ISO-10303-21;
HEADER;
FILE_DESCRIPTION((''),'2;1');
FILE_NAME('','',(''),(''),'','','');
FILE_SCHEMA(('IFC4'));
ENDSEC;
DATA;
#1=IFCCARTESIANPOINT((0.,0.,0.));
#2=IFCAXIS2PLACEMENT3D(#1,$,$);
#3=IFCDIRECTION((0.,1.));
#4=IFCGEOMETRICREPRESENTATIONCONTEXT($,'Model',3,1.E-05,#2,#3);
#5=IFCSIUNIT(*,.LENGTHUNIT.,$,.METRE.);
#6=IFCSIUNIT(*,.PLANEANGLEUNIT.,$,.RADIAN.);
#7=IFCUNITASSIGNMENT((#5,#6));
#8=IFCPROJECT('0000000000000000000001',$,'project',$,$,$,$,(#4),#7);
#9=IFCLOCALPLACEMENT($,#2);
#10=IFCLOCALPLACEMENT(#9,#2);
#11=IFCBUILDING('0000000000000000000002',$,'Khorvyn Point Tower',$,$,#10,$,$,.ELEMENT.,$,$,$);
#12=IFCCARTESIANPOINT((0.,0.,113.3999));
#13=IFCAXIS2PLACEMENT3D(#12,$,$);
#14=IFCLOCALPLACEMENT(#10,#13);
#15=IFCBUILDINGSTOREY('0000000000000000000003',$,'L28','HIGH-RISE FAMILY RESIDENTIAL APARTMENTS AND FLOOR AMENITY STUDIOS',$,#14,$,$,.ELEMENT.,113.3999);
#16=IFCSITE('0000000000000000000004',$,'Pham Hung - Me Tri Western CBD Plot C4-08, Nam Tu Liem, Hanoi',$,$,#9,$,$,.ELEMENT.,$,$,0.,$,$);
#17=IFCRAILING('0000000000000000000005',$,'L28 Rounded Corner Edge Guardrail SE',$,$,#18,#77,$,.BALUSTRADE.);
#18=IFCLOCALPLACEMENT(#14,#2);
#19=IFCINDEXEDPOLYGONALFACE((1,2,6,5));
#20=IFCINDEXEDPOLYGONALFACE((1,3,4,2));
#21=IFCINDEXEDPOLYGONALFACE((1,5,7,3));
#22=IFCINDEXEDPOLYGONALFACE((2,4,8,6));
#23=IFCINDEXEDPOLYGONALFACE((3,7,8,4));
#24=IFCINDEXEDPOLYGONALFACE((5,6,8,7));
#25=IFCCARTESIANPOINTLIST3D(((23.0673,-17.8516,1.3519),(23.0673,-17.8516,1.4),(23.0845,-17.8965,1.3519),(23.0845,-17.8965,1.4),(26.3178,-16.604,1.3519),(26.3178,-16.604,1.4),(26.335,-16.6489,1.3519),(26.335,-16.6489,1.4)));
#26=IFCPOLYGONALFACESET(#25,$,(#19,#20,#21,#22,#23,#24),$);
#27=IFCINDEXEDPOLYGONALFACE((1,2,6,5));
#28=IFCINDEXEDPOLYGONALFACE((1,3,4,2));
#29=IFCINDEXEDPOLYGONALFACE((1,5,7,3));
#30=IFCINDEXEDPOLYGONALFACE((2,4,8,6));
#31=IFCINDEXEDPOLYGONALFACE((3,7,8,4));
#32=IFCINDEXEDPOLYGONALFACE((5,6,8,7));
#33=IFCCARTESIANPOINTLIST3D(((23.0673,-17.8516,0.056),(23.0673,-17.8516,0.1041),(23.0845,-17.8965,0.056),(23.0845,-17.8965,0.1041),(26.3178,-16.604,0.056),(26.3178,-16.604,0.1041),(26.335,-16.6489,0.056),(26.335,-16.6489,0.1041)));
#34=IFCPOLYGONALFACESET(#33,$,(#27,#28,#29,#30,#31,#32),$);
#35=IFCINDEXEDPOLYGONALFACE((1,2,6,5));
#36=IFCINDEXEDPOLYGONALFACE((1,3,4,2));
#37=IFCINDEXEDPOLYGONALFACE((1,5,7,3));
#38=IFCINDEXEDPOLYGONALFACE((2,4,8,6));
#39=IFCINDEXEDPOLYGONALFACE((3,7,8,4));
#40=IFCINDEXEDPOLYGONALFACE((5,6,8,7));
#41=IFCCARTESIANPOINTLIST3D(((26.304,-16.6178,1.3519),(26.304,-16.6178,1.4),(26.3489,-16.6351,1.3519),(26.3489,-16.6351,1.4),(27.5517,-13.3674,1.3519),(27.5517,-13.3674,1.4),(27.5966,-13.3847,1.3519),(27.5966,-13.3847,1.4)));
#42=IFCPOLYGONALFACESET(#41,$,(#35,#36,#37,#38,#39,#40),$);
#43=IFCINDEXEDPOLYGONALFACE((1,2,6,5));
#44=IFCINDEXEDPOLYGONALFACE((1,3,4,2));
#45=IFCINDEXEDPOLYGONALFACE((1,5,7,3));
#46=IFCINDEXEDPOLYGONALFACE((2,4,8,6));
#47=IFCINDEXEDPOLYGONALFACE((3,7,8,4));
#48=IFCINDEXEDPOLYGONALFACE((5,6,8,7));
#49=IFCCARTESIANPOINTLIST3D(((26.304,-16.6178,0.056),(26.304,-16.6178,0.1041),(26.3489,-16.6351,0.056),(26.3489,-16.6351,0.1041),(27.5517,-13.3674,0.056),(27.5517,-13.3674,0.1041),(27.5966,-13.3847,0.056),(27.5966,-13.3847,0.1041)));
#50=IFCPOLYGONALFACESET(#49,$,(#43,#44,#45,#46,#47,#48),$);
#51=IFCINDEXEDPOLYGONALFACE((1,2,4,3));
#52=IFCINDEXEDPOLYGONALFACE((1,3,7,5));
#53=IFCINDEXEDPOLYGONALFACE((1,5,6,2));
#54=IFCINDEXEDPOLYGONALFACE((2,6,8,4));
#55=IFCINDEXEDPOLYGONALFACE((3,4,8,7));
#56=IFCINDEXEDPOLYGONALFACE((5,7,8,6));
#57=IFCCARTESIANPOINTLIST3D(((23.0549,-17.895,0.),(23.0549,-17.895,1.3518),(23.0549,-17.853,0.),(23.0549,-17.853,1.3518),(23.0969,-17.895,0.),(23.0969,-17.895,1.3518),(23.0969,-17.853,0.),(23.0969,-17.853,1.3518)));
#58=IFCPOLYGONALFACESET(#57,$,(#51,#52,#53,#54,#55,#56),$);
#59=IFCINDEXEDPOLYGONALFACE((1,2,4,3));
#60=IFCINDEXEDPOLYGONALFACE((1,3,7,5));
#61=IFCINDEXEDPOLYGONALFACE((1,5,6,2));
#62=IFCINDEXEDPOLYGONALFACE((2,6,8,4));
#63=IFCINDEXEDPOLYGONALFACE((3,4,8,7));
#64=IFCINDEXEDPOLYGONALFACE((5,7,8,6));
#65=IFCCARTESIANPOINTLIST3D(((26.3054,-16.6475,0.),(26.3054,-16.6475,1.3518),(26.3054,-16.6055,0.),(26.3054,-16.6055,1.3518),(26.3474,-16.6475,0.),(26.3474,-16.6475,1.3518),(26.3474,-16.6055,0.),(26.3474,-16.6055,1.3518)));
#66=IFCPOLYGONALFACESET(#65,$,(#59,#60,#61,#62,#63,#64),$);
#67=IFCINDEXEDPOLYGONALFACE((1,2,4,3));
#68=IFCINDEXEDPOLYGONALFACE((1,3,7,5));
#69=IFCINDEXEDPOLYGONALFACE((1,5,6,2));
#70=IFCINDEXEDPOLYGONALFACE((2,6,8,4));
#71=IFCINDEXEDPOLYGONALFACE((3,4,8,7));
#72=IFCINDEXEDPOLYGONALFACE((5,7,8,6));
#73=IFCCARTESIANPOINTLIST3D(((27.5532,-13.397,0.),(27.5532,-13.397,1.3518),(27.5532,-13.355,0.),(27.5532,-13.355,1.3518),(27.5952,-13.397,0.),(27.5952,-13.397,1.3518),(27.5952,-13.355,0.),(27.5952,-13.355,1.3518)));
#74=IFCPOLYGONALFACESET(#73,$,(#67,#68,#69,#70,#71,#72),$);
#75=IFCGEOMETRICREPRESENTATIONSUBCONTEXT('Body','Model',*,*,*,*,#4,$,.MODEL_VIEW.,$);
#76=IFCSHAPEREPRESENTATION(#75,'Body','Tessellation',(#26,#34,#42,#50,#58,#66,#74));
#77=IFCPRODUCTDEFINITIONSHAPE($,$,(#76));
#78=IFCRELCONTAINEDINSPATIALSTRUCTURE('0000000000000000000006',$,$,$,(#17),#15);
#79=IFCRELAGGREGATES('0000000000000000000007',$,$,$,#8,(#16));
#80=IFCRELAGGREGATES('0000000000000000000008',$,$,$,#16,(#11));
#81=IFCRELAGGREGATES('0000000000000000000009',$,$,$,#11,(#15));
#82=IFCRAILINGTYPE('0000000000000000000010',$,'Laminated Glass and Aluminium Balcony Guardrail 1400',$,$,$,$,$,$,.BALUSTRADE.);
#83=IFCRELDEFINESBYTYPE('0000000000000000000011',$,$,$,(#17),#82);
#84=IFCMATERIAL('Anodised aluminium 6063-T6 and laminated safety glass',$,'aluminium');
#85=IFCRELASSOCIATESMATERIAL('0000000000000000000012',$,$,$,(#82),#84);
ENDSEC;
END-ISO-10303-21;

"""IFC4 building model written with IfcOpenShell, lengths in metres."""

from ifc_helpers import new_model, si_unit, direction, frame, origin, origin_2d, place, context, subcontext, project, spatial, rectangle, extrude, material, type_object, element, save


model = new_model("IFC4")

# Units and contexts
model_context = context("Model", 3, precision=1e-05, world=origin(), true_north=direction((0.0, 1.0)))
body_context = subcontext(model_context, "Body", "Model", "MODEL_VIEW")
ifc_project = project(units=[si_unit("LENGTHUNIT", "METRE"), si_unit("PLANEANGLEUNIT", "RADIAN")], contexts=[model_context])

# Site, building, storey
site_placement = place(None, origin())
site = spatial("IfcSite", under=ifc_project, at=site_placement, Name="Pham Hung - Me Tri Western CBD Plot C4-08, Nam Tu Liem, Hanoi", CompositionType="ELEMENT", RefElevation=0.0)
building_placement = place(site_placement, origin())
building = spatial("IfcBuilding", under=site, at=building_placement, Name="Khorvyn Point Tower", CompositionType="ELEMENT")
storey_placement = place(building_placement, frame((0.0, 0.0, 113.3999)))
storey = spatial("IfcBuildingStorey", under=building, at=storey_placement, Name="L28", Description="HIGH-RISE FAMILY RESIDENTIAL APARTMENTS AND FLOOR AMENITY STUDIOS", CompositionType="ELEMENT", Elevation=113.3999)

# Railing
ifc_material_1 = material(Name="Anodised aluminium 6063-T6 and laminated safety glass", Category="aluminium")
railing_type = type_object("IfcRailingType", Name="Laminated Glass and Aluminium Balcony Guardrail 1400", PredefinedType="BALUSTRADE", material=ifc_material_1)
railing_placement = place(storey_placement, frame((23.0759, -17.874, 0.0)))
element("IfcRailing", 1, at=railing_placement, inside=storey, type_object=railing_type, Name="L28 Rounded Corner Edge Guardrail SE", PredefinedType="BALUSTRADE", context=body_context, shape_type="SweptSolid", body=[
    extrude(rectangle(XDim=0.0481, YDim=0.0481, at=origin_2d()), frame((0.0, 0.0, 1.376), z_axis=(0.933598, 0.358321, 0.0), x_axis=(-0.358321, 0.933598, 0.0)), (0.0, 0.0, 1.0), 3.4817),
    extrude(rectangle(XDim=0.0481, YDim=0.0481, at=origin_2d()), frame((0.0, 0.0, 0.0801), z_axis=(0.933598, 0.358321, 0.0), x_axis=(-0.358321, 0.933598, 0.0)), (0.0, 0.0, 1.0), 3.4817),
    extrude(rectangle(XDim=0.0481, YDim=0.0481, at=origin_2d()), frame((3.2505, 1.2476, 1.376), z_axis=(0.358382, 0.933575, 0.0), x_axis=(-0.933575, 0.358382, 0.0)), (0.0, 0.0, 1.0), 3.4817),
    extrude(rectangle(XDim=0.0481, YDim=0.0481, at=origin_2d()), frame((3.2505, 1.2476, 0.0801), z_axis=(0.358382, 0.933575, 0.0), x_axis=(-0.933575, 0.358382, 0.0)), (0.0, 0.0, 1.0), 3.4817),
    extrude(rectangle(XDim=0.042, YDim=0.042, at=origin_2d()), origin(), (0.0, 0.0, 1.0), 1.3518),
    extrude(rectangle(XDim=0.042, YDim=0.042, at=origin_2d()), frame((3.2505, 1.2476, 0.0)), (0.0, 0.0, 1.0), 1.3518),
    extrude(rectangle(XDim=0.042, YDim=0.042, at=origin_2d()), frame((4.4983, 4.498, 0.0)), (0.0, 0.0, 1.0), 1.3518),
])

save(model, "model.ifc")
